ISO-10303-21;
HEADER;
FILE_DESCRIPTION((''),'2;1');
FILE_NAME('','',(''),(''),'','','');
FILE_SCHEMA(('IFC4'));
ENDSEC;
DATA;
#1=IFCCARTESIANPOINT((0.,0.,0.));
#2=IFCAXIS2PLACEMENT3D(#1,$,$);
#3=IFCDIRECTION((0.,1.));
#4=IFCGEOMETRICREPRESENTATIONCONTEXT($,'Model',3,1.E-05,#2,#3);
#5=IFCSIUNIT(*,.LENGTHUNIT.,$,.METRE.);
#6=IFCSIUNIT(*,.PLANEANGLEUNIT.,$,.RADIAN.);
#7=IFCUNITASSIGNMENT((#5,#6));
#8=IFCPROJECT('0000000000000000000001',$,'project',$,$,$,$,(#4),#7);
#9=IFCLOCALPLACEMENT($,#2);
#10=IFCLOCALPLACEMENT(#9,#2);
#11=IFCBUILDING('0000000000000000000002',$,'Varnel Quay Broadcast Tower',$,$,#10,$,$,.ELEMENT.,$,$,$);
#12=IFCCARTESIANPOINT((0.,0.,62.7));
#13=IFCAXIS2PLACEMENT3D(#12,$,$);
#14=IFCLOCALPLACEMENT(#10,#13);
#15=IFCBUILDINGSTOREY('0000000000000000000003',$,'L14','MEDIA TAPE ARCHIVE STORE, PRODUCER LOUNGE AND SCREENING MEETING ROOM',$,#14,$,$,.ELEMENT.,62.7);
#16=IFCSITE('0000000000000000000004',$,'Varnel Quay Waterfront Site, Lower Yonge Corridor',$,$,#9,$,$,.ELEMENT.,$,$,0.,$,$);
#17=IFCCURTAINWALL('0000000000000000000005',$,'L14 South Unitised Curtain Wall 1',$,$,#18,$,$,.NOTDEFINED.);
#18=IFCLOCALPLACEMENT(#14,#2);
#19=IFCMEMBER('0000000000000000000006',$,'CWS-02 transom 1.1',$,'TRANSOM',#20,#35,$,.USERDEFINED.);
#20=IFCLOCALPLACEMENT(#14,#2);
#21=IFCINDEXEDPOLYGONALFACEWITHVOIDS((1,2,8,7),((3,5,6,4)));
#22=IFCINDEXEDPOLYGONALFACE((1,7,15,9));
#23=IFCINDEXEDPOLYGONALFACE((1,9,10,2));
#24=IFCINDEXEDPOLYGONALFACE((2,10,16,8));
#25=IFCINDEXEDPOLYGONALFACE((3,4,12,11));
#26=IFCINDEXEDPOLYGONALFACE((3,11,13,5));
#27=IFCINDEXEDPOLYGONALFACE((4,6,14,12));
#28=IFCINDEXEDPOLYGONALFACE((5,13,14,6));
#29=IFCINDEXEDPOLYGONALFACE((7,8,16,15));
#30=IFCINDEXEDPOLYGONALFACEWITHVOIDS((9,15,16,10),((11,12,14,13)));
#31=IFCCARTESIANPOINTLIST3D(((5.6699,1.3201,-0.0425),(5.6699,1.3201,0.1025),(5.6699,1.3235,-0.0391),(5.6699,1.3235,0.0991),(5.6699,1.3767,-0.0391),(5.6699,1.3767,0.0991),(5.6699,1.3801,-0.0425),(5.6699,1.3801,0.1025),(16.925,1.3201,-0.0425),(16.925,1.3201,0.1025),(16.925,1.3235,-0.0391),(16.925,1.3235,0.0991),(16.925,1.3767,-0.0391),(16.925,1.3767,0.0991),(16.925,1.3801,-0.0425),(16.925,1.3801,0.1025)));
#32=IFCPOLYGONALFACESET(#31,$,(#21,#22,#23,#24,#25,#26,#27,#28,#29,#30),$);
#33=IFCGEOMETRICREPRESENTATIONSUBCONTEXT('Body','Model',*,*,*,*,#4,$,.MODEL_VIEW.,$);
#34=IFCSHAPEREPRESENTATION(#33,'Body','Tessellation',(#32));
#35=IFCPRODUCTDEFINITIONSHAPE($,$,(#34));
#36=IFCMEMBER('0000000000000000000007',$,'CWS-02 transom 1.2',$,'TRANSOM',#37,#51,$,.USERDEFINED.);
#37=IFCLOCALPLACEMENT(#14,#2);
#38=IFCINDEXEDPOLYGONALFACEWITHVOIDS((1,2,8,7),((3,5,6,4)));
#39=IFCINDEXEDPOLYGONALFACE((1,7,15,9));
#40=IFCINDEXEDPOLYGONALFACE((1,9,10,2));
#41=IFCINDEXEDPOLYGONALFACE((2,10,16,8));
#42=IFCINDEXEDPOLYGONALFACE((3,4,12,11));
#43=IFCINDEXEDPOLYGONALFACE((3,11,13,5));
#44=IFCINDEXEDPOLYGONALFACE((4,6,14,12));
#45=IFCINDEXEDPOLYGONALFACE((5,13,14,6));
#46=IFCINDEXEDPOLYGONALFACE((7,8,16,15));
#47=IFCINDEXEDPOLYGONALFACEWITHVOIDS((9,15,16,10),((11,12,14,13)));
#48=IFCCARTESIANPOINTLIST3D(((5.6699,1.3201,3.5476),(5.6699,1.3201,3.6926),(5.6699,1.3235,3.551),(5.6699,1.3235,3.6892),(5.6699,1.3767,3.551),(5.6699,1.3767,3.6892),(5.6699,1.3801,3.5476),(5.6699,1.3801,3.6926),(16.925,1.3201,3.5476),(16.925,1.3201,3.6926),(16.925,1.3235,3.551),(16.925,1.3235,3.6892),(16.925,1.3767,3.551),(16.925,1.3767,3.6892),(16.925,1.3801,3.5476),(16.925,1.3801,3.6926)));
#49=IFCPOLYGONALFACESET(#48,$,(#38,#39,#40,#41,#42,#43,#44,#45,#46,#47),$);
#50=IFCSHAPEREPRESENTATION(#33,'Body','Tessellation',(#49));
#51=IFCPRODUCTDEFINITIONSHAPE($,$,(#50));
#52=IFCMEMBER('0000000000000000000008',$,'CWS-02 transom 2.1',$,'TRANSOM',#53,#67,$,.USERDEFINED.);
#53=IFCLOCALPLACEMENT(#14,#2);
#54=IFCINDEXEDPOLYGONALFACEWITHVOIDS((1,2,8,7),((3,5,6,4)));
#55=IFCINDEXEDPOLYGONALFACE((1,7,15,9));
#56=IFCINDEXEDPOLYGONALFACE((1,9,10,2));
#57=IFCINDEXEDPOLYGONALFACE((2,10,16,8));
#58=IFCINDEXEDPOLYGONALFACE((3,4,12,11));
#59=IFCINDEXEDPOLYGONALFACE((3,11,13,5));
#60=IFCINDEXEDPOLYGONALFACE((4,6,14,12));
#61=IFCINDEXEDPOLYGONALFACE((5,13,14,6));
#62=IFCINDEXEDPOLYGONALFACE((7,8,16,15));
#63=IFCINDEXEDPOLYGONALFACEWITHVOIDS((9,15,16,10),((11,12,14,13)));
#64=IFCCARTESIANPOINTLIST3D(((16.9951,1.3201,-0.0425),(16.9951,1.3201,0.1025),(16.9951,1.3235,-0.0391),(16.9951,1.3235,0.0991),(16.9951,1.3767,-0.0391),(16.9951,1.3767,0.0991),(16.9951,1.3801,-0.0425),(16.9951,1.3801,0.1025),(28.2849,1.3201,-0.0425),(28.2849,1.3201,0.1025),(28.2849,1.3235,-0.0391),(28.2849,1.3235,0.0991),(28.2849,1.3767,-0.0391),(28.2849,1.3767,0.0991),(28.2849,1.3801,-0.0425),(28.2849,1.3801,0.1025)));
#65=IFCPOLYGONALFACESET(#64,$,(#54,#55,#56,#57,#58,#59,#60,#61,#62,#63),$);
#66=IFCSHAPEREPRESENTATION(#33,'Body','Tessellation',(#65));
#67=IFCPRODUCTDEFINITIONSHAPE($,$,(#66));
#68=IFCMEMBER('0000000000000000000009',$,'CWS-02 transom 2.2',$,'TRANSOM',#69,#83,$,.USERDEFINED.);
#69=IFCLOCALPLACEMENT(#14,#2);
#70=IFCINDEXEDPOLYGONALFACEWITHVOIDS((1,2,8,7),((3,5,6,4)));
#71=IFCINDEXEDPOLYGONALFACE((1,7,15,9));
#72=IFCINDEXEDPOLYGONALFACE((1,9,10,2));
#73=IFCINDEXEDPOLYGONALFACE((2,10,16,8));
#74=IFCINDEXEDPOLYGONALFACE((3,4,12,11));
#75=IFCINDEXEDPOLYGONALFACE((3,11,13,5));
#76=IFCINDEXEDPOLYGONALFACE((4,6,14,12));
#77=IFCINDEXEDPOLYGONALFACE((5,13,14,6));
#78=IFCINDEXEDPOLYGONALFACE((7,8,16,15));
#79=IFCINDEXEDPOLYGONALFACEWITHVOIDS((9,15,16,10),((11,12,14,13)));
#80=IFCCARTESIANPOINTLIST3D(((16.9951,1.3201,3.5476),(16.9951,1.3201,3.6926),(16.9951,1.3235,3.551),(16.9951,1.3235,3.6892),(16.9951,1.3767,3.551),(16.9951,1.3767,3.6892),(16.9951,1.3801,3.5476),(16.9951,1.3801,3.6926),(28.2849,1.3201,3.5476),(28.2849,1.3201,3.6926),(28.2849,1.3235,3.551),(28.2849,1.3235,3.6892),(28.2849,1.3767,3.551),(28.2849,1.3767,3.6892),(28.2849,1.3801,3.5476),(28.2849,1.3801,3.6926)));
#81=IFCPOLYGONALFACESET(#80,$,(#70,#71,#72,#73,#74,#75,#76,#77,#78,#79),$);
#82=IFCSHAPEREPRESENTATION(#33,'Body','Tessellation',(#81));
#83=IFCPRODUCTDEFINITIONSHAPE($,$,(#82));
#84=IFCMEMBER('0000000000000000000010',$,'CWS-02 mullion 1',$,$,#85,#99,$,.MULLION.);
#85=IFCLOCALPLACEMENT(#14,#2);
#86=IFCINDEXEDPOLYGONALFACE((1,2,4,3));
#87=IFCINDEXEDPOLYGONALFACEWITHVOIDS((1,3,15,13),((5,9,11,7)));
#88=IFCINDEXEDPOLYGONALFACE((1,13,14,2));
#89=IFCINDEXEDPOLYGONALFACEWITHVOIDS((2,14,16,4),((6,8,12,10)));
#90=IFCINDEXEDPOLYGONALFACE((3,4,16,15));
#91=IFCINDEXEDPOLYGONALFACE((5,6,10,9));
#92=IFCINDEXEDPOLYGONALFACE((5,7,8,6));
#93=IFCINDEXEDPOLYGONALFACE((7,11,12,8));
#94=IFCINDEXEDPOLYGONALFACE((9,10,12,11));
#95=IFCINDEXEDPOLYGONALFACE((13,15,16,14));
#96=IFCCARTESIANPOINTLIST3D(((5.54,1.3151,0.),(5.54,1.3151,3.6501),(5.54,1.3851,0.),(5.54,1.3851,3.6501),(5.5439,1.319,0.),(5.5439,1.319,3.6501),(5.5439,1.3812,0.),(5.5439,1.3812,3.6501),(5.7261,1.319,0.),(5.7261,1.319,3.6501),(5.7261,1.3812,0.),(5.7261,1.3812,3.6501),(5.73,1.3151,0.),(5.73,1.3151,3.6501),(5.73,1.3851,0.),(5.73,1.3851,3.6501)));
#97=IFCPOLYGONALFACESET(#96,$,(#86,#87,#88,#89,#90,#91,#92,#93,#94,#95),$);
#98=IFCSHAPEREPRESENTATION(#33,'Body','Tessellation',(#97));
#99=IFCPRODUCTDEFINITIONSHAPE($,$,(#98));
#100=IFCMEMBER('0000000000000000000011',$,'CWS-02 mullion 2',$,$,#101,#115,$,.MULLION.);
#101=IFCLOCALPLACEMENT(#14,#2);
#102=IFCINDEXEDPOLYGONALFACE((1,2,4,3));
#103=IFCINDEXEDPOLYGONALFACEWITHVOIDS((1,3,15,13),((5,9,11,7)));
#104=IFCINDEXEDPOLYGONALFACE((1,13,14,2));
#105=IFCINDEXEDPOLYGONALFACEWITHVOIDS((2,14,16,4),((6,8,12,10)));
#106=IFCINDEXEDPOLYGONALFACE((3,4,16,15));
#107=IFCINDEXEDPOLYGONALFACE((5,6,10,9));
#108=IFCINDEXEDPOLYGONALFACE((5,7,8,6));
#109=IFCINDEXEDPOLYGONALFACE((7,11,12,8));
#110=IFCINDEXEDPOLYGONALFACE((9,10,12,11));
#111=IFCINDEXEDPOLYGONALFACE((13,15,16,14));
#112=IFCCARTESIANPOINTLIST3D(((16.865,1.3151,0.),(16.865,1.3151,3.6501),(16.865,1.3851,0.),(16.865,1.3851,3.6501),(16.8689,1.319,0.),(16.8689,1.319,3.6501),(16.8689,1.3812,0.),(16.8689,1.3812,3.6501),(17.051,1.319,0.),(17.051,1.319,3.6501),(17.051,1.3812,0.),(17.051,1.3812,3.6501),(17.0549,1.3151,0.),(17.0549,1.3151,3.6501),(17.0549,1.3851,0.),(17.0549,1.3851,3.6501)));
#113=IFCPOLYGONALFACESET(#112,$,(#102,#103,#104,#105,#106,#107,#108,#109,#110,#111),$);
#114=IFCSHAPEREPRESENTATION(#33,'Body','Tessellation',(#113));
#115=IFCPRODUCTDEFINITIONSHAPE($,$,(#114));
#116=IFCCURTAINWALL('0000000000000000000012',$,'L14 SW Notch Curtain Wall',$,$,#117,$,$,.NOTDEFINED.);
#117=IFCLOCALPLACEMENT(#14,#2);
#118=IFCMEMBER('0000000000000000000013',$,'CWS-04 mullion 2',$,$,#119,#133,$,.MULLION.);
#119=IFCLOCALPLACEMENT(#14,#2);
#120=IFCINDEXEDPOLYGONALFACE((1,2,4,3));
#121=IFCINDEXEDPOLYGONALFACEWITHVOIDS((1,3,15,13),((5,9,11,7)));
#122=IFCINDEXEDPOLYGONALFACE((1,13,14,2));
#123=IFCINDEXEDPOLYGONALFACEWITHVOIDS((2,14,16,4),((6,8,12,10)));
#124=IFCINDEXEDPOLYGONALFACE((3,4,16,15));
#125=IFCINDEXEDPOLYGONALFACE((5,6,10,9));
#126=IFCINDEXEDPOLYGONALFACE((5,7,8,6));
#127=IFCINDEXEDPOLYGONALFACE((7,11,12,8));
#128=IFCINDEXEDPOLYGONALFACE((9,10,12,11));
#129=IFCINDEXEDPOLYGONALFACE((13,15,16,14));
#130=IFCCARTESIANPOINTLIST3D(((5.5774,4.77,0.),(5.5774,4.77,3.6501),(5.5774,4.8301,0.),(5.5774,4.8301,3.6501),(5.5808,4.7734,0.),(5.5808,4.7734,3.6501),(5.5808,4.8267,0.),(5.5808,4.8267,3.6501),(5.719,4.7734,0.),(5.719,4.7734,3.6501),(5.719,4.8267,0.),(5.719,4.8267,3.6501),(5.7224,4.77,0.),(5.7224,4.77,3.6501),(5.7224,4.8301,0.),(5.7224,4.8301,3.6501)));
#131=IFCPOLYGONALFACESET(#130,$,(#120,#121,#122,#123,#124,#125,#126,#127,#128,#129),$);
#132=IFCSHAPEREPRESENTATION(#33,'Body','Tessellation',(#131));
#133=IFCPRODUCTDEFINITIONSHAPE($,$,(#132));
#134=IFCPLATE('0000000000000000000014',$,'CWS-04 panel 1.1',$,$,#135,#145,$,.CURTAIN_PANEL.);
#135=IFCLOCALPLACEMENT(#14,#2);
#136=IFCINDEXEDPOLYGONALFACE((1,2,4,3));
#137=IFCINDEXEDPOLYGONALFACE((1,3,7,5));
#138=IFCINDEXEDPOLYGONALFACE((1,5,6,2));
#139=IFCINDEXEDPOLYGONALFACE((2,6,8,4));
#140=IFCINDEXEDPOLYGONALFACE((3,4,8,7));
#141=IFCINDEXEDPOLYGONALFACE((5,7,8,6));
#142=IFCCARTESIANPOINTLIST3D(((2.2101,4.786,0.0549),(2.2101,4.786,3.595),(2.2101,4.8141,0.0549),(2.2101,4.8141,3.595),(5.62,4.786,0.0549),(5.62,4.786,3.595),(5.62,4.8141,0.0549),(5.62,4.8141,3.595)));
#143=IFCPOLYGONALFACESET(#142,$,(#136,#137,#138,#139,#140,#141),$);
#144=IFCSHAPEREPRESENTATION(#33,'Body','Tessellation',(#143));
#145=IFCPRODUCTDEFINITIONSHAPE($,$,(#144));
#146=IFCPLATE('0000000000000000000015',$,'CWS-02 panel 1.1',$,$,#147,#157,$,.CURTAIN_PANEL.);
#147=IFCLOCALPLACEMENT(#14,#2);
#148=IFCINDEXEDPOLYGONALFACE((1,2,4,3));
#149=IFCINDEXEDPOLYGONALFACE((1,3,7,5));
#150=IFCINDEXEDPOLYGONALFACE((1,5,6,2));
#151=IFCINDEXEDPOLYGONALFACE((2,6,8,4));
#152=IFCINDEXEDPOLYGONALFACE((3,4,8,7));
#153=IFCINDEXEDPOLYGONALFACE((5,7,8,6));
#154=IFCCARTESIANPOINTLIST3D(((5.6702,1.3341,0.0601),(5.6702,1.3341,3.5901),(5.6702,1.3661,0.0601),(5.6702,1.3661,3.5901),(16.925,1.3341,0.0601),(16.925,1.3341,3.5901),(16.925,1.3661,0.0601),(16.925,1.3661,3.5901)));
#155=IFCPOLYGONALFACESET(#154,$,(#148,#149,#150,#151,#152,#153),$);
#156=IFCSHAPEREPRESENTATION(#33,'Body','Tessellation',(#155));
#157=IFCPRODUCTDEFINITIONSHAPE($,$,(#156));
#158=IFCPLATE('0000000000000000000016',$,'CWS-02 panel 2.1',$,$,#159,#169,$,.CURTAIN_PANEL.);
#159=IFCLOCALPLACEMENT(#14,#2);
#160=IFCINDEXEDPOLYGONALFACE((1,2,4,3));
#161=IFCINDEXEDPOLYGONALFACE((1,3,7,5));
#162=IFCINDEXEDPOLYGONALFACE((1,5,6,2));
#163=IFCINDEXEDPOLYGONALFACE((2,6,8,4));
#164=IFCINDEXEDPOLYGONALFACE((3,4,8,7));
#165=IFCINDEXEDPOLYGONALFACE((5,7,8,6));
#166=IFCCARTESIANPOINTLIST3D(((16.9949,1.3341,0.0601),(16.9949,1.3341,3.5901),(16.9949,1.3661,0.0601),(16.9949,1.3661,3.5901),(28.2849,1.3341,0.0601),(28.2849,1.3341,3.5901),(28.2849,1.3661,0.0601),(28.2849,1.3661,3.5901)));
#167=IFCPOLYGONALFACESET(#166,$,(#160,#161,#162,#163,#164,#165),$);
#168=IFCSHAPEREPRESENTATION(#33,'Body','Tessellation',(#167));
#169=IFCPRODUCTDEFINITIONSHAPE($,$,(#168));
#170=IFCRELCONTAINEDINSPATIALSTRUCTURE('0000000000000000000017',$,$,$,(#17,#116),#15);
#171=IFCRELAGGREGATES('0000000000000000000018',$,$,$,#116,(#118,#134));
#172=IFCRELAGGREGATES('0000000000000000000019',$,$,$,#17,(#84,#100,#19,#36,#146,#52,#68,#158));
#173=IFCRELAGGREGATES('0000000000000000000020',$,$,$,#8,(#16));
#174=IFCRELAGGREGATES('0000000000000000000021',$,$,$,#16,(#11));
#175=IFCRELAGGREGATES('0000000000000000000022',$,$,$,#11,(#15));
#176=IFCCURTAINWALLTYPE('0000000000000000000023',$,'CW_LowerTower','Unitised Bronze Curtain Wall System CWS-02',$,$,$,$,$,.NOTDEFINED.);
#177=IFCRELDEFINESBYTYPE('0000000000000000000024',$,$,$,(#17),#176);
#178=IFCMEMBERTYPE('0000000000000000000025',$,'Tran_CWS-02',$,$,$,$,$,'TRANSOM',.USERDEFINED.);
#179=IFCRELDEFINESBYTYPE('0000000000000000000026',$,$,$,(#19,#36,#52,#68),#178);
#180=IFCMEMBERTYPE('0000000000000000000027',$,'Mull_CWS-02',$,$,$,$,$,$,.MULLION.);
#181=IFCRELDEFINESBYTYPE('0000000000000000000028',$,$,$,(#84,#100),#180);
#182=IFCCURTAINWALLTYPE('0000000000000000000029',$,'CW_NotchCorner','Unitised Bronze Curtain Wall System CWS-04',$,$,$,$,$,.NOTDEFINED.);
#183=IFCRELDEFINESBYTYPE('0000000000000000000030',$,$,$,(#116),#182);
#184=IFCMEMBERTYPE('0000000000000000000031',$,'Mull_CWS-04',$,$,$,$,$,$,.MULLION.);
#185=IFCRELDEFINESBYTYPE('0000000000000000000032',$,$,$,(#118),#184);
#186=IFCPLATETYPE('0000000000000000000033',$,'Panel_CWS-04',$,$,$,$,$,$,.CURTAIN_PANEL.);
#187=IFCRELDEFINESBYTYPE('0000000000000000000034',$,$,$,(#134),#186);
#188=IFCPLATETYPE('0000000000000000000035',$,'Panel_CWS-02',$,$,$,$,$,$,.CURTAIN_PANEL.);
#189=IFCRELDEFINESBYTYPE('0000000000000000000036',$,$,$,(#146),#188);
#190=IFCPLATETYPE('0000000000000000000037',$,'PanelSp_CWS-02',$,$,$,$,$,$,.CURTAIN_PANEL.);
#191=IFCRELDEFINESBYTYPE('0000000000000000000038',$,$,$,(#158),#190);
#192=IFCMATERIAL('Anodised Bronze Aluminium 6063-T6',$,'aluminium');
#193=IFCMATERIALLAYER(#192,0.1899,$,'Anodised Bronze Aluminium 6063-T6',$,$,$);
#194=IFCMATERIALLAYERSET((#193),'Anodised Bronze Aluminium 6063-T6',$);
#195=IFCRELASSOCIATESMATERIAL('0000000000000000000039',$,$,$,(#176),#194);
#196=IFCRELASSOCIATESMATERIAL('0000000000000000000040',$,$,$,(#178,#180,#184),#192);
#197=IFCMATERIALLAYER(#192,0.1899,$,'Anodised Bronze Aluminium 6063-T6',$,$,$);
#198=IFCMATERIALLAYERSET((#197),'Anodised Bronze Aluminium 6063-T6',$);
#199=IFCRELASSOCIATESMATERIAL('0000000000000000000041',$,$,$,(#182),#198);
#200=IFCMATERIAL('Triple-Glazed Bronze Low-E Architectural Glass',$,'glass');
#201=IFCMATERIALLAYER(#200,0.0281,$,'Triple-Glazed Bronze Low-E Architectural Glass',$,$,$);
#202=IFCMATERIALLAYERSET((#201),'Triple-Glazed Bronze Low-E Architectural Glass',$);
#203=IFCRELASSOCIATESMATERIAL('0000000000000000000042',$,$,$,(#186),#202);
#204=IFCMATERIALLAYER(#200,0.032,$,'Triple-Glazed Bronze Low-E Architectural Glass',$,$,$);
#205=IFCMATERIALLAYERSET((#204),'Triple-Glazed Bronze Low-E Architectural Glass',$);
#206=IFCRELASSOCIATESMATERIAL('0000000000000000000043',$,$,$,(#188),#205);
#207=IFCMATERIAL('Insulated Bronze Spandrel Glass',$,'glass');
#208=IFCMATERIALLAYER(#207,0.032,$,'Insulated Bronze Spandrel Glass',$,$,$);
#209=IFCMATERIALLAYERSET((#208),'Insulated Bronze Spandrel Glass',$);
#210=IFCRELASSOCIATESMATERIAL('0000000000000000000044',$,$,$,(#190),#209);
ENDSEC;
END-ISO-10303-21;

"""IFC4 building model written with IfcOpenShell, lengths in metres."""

from ifc_helpers import new_model, si_unit, direction, frame, origin, origin_2d, place, context, subcontext, project, spatial, rectangle, hollow_rectangle, extrude, source, transform, mapped, material, layer, layer_set, material_profile, profile_set, type_object, type_shapes, element, aggregate, save


model = new_model("IFC4")

# Units and contexts
model_context = context("Model", 3, precision=1e-05, world=origin(), true_north=direction((0.0, 1.0)))
body_context = subcontext(model_context, "Body", "Model", "MODEL_VIEW")
ifc_project = project(units=[si_unit("LENGTHUNIT", "METRE"), si_unit("PLANEANGLEUNIT", "RADIAN")], contexts=[model_context])

# Site, building, storey
site_placement = place(None, origin())
site = spatial("IfcSite", under=ifc_project, at=site_placement, Name="Varnel Quay Waterfront Site, Lower Yonge Corridor", CompositionType="ELEMENT", RefElevation=0.0)
building_placement = place(site_placement, origin())
building = spatial("IfcBuilding", under=site, at=building_placement, Name="Varnel Quay Broadcast Tower", CompositionType="ELEMENT")
storey_placement = place(building_placement, frame((0.0, 0.0, 62.7)))
storey = spatial("IfcBuildingStorey", under=building, at=storey_placement, Name="L14", Description="MEDIA TAPE ARCHIVE STORE, PRODUCER LOUNGE AND SCREENING MEETING ROOM", CompositionType="ELEMENT", Elevation=62.7)

# Curtain wall, members
ifc_material_1 = material(Name="Anodised Bronze Aluminium 6063-T6", Category="aluminium")
ifc_layer_1 = layer(ifc_material_1, 0.1899, Name="Anodised Bronze Aluminium 6063-T6")
ifc_layer_set_1 = layer_set([ifc_layer_1], Name="Anodised Bronze Aluminium 6063-T6")
curtain_wall_type_1 = type_object("IfcCurtainWallType", Name="CW_LowerTower", Description="Unitised Bronze Curtain Wall System CWS-02", PredefinedType="NOTDEFINED", material=ifc_layer_set_1)
curtain_wall_1_placement = place(storey_placement, origin())
curtain_wall_1 = element("IfcCurtainWall", 1, at=curtain_wall_1_placement, inside=storey, type_object=curtain_wall_type_1, Name="L14 South Unitised Curtain Wall 1", PredefinedType="NOTDEFINED")
ifc_material_profile_1 = material_profile(ifc_material_1, hollow_rectangle(XDim=0.0601, YDim=0.145, WallThickness=0.0034, at=origin_2d()), Name="ALU60X145X3.5")
ifc_profile_set_1 = profile_set([ifc_material_profile_1], Name="Anodised Bronze Aluminium 6063-T6")
member_type_1 = type_object("IfcMemberType", Name="Tran_CWS-02", ElementType="TRANSOM", PredefinedType="USERDEFINED", material=ifc_profile_set_1)
shared_shape_1 = source(origin(), body_context, "Body", "SweptSolid", [
    extrude(hollow_rectangle(XDim=0.0601, YDim=0.145, WallThickness=0.0034, at=origin_2d()), origin(), (0.0, 0.0, 1.0), 11.2551),
])
member_1_placement = place(storey_placement, frame((5.6699, 1.3501, 0.03), z_axis=(1.0, 0.0, 0.0), x_axis=(0.0, 1.0, 0.0)))
member_1 = element("IfcMember", 2, at=member_1_placement, type_object=member_type_1, Name="CWS-02 transom 1.1", ObjectType="TRANSOM", PredefinedType="USERDEFINED", context=body_context, shape_type="MappedRepresentation", body=[
    mapped(shared_shape_1, transform((0.0, 0.0, 0.0), x_axis=(1.0, 0.0, 0.0), y_axis=(0.0, 1.0, 0.0), z_axis=(0.0, 0.0, 1.0), scale=1.0)),
])
member_2_placement = place(storey_placement, frame((5.6699, 1.3501, 3.6201), z_axis=(1.0, 0.0, 0.0), x_axis=(0.0, 1.0, 0.0)))
member_2 = element("IfcMember", 3, at=member_2_placement, type_object=member_type_1, Name="CWS-02 transom 1.2", ObjectType="TRANSOM", PredefinedType="USERDEFINED", context=body_context, shape_type="MappedRepresentation", body=[
    mapped(shared_shape_1, transform((0.0, 0.0, 0.0), x_axis=(1.0, 0.0, 0.0), y_axis=(0.0, 1.0, 0.0), z_axis=(0.0, 0.0, 1.0), scale=1.0)),
])
shared_shape_2 = source(origin(), body_context, "Body", "SweptSolid", [
    extrude(hollow_rectangle(XDim=0.0601, YDim=0.145, WallThickness=0.0034, at=origin_2d()), origin(), (0.0, 0.0, 1.0), 11.2898),
])
type_shapes(member_type_1, [shared_shape_1, shared_shape_2])
member_3_placement = place(storey_placement, frame((16.9951, 1.3501, 0.03), z_axis=(1.0, 0.0, 0.0), x_axis=(0.0, 1.0, 0.0)))
member_3 = element("IfcMember", 4, at=member_3_placement, type_object=member_type_1, Name="CWS-02 transom 2.1", ObjectType="TRANSOM", PredefinedType="USERDEFINED", context=body_context, shape_type="MappedRepresentation", body=[
    mapped(shared_shape_2, transform((0.0, 0.0, 0.0), x_axis=(1.0, 0.0, 0.0), y_axis=(0.0, 1.0, 0.0), z_axis=(0.0, 0.0, 1.0), scale=1.0)),
])
member_4_placement = place(storey_placement, frame((16.9951, 1.3501, 3.6201), z_axis=(1.0, 0.0, 0.0), x_axis=(0.0, 1.0, 0.0)))
member_4 = element("IfcMember", 5, at=member_4_placement, type_object=member_type_1, Name="CWS-02 transom 2.2", ObjectType="TRANSOM", PredefinedType="USERDEFINED", context=body_context, shape_type="MappedRepresentation", body=[
    mapped(shared_shape_2, transform((0.0, 0.0, 0.0), x_axis=(1.0, 0.0, 0.0), y_axis=(0.0, 1.0, 0.0), z_axis=(0.0, 0.0, 1.0), scale=1.0)),
])
ifc_material_profile_2 = material_profile(ifc_material_1, hollow_rectangle(XDim=0.0701, YDim=0.1899, WallThickness=0.0039, at=origin_2d()), Name="ALU70X190X4")
ifc_profile_set_2 = profile_set([ifc_material_profile_2], Name="Anodised Bronze Aluminium 6063-T6")
member_type_2 = type_object("IfcMemberType", Name="Mull_CWS-02", PredefinedType="MULLION", material=ifc_profile_set_2)
shared_shape_3 = source(origin(), body_context, "Body", "SweptSolid", [
    extrude(hollow_rectangle(XDim=0.0701, YDim=0.1899, WallThickness=0.0039, at=origin_2d()), origin(), (0.0, 0.0, 1.0), 3.6501),
])
type_shapes(member_type_2, [shared_shape_3])
member_5_placement = place(storey_placement, frame((5.635, 1.3501, 0.0), z_axis=(0.0, 0.0, 1.0), x_axis=(0.0, 1.0, 0.0)))
member_5 = element("IfcMember", 6, at=member_5_placement, type_object=member_type_2, Name="CWS-02 mullion 1", PredefinedType="MULLION", context=body_context, shape_type="MappedRepresentation", body=[
    mapped(shared_shape_3, transform((0.0, 0.0, 0.0), x_axis=(1.0, 0.0, 0.0), y_axis=(0.0, 1.0, 0.0), z_axis=(0.0, 0.0, 1.0), scale=1.0)),
])
member_6_placement = place(storey_placement, frame((16.96, 1.3501, 0.0), z_axis=(0.0, 0.0, 1.0), x_axis=(0.0, 1.0, 0.0)))
member_6 = element("IfcMember", 7, at=member_6_placement, type_object=member_type_2, Name="CWS-02 mullion 2", PredefinedType="MULLION", context=body_context, shape_type="MappedRepresentation", body=[
    mapped(shared_shape_3, transform((0.0, 0.0, 0.0), x_axis=(1.0, 0.0, 0.0), y_axis=(0.0, 1.0, 0.0), z_axis=(0.0, 0.0, 1.0), scale=1.0)),
])

# Curtain wall, member, plate
ifc_layer_2 = layer(ifc_material_1, 0.1899, Name="Anodised Bronze Aluminium 6063-T6")
ifc_layer_set_2 = layer_set([ifc_layer_2], Name="Anodised Bronze Aluminium 6063-T6")
curtain_wall_type_2 = type_object("IfcCurtainWallType", Name="CW_NotchCorner", Description="Unitised Bronze Curtain Wall System CWS-04", PredefinedType="NOTDEFINED", material=ifc_layer_set_2)
curtain_wall_2_placement = place(storey_placement, origin())
curtain_wall_2 = element("IfcCurtainWall", 8, at=curtain_wall_2_placement, inside=storey, type_object=curtain_wall_type_2, Name="L14 SW Notch Curtain Wall", PredefinedType="NOTDEFINED")
ifc_material_profile_3 = material_profile(ifc_material_1, hollow_rectangle(XDim=0.0601, YDim=0.145, WallThickness=0.0034, at=origin_2d()), Name="ALU60X145X3.5")
ifc_profile_set_3 = profile_set([ifc_material_profile_3], Name="Anodised Bronze Aluminium 6063-T6")
member_type_3 = type_object("IfcMemberType", Name="Mull_CWS-04", PredefinedType="MULLION", material=ifc_profile_set_3)
shared_shape_4 = source(origin(), body_context, "Body", "SweptSolid", [
    extrude(hollow_rectangle(XDim=0.0601, YDim=0.145, WallThickness=0.0034, at=origin_2d()), origin(), (0.0, 0.0, 1.0), 3.6501),
])
type_shapes(member_type_3, [shared_shape_4])
member_7_placement = place(storey_placement, frame((5.6499, 4.8, 0.0), z_axis=(0.0, 0.0, 1.0), x_axis=(0.0, 1.0, 0.0)))
member_7 = element("IfcMember", 9, at=member_7_placement, type_object=member_type_3, Name="CWS-04 mullion 2", PredefinedType="MULLION", context=body_context, shape_type="MappedRepresentation", body=[
    mapped(shared_shape_4, transform((0.0, 0.0, 0.0), x_axis=(1.0, 0.0, 0.0), y_axis=(0.0, 1.0, 0.0), z_axis=(0.0, 0.0, 1.0), scale=1.0)),
])
ifc_material_2 = material(Name="Triple-Glazed Bronze Low-E Architectural Glass", Category="glass")
ifc_layer_3 = layer(ifc_material_2, 0.0281, Name="Triple-Glazed Bronze Low-E Architectural Glass")
ifc_layer_set_3 = layer_set([ifc_layer_3], Name="Triple-Glazed Bronze Low-E Architectural Glass")
plate_type_1 = type_object("IfcPlateType", Name="Panel_CWS-04", PredefinedType="CURTAIN_PANEL", material=ifc_layer_set_3)
shared_shape_5 = source(origin(), body_context, "Body", "SweptSolid", [
    extrude(rectangle(XDim=3.4099, YDim=0.0281, at=origin_2d()), origin(), (0.0, 0.0, 1.0), 3.54),
])
type_shapes(plate_type_1, [shared_shape_5])
plate_1_placement = place(storey_placement, frame((3.915, 4.8, 0.0549), z_axis=(0.0, 0.0, 1.0), x_axis=(1.0, 0.0, 0.0)))
plate_1 = element("IfcPlate", 10, at=plate_1_placement, type_object=plate_type_1, Name="CWS-04 panel 1.1", PredefinedType="CURTAIN_PANEL", context=body_context, shape_type="MappedRepresentation", body=[
    mapped(shared_shape_5, transform((0.0, 0.0, 0.0), x_axis=(1.0, 0.0, 0.0), y_axis=(0.0, 1.0, 0.0), z_axis=(0.0, 0.0, 1.0), scale=1.0)),
])
aggregate(curtain_wall_2, [member_7, plate_1])

# Plates
ifc_layer_4 = layer(ifc_material_2, 0.032, Name="Triple-Glazed Bronze Low-E Architectural Glass")
ifc_layer_set_4 = layer_set([ifc_layer_4], Name="Triple-Glazed Bronze Low-E Architectural Glass")
plate_type_2 = type_object("IfcPlateType", Name="Panel_CWS-02", PredefinedType="CURTAIN_PANEL", material=ifc_layer_set_4)
shared_shape_6 = source(origin(), body_context, "Body", "SweptSolid", [
    extrude(rectangle(XDim=11.2549, YDim=0.032, at=origin_2d()), origin(), (0.0, 0.0, 1.0), 3.53),
])
type_shapes(plate_type_2, [shared_shape_6])
plate_2_placement = place(storey_placement, frame((11.2976, 1.3501, 0.0601), z_axis=(0.0, 0.0, 1.0), x_axis=(1.0, 0.0, 0.0)))
plate_2 = element("IfcPlate", 11, at=plate_2_placement, type_object=plate_type_2, Name="CWS-02 panel 1.1", PredefinedType="CURTAIN_PANEL", context=body_context, shape_type="MappedRepresentation", body=[
    mapped(shared_shape_6, transform((0.0, 0.0, 0.0), x_axis=(1.0, 0.0, 0.0), y_axis=(0.0, 1.0, 0.0), z_axis=(0.0, 0.0, 1.0), scale=1.0)),
])
ifc_material_3 = material(Name="Insulated Bronze Spandrel Glass", Category="glass")
ifc_layer_5 = layer(ifc_material_3, 0.032, Name="Insulated Bronze Spandrel Glass")
ifc_layer_set_5 = layer_set([ifc_layer_5], Name="Insulated Bronze Spandrel Glass")
plate_type_3 = type_object("IfcPlateType", Name="PanelSp_CWS-02", PredefinedType="CURTAIN_PANEL", material=ifc_layer_set_5)
shared_shape_7 = source(origin(), body_context, "Body", "SweptSolid", [
    extrude(rectangle(XDim=11.29, YDim=0.032, at=origin_2d()), origin(), (0.0, 0.0, 1.0), 3.53),
])
type_shapes(plate_type_3, [shared_shape_7])
plate_3_placement = place(storey_placement, frame((22.6399, 1.3501, 0.0601), z_axis=(0.0, 0.0, 1.0), x_axis=(1.0, 0.0, 0.0)))
plate_3 = element("IfcPlate", 12, at=plate_3_placement, type_object=plate_type_3, Name="CWS-02 panel 2.1", PredefinedType="CURTAIN_PANEL", context=body_context, shape_type="MappedRepresentation", body=[
    mapped(shared_shape_7, transform((0.0, 0.0, 0.0), x_axis=(1.0, 0.0, 0.0), y_axis=(0.0, 1.0, 0.0), z_axis=(0.0, 0.0, 1.0), scale=1.0)),
])
aggregate(curtain_wall_1, [member_5, member_6, member_1, member_2, plate_2, member_3, member_4, plate_3])

save(model, "model.ifc")
